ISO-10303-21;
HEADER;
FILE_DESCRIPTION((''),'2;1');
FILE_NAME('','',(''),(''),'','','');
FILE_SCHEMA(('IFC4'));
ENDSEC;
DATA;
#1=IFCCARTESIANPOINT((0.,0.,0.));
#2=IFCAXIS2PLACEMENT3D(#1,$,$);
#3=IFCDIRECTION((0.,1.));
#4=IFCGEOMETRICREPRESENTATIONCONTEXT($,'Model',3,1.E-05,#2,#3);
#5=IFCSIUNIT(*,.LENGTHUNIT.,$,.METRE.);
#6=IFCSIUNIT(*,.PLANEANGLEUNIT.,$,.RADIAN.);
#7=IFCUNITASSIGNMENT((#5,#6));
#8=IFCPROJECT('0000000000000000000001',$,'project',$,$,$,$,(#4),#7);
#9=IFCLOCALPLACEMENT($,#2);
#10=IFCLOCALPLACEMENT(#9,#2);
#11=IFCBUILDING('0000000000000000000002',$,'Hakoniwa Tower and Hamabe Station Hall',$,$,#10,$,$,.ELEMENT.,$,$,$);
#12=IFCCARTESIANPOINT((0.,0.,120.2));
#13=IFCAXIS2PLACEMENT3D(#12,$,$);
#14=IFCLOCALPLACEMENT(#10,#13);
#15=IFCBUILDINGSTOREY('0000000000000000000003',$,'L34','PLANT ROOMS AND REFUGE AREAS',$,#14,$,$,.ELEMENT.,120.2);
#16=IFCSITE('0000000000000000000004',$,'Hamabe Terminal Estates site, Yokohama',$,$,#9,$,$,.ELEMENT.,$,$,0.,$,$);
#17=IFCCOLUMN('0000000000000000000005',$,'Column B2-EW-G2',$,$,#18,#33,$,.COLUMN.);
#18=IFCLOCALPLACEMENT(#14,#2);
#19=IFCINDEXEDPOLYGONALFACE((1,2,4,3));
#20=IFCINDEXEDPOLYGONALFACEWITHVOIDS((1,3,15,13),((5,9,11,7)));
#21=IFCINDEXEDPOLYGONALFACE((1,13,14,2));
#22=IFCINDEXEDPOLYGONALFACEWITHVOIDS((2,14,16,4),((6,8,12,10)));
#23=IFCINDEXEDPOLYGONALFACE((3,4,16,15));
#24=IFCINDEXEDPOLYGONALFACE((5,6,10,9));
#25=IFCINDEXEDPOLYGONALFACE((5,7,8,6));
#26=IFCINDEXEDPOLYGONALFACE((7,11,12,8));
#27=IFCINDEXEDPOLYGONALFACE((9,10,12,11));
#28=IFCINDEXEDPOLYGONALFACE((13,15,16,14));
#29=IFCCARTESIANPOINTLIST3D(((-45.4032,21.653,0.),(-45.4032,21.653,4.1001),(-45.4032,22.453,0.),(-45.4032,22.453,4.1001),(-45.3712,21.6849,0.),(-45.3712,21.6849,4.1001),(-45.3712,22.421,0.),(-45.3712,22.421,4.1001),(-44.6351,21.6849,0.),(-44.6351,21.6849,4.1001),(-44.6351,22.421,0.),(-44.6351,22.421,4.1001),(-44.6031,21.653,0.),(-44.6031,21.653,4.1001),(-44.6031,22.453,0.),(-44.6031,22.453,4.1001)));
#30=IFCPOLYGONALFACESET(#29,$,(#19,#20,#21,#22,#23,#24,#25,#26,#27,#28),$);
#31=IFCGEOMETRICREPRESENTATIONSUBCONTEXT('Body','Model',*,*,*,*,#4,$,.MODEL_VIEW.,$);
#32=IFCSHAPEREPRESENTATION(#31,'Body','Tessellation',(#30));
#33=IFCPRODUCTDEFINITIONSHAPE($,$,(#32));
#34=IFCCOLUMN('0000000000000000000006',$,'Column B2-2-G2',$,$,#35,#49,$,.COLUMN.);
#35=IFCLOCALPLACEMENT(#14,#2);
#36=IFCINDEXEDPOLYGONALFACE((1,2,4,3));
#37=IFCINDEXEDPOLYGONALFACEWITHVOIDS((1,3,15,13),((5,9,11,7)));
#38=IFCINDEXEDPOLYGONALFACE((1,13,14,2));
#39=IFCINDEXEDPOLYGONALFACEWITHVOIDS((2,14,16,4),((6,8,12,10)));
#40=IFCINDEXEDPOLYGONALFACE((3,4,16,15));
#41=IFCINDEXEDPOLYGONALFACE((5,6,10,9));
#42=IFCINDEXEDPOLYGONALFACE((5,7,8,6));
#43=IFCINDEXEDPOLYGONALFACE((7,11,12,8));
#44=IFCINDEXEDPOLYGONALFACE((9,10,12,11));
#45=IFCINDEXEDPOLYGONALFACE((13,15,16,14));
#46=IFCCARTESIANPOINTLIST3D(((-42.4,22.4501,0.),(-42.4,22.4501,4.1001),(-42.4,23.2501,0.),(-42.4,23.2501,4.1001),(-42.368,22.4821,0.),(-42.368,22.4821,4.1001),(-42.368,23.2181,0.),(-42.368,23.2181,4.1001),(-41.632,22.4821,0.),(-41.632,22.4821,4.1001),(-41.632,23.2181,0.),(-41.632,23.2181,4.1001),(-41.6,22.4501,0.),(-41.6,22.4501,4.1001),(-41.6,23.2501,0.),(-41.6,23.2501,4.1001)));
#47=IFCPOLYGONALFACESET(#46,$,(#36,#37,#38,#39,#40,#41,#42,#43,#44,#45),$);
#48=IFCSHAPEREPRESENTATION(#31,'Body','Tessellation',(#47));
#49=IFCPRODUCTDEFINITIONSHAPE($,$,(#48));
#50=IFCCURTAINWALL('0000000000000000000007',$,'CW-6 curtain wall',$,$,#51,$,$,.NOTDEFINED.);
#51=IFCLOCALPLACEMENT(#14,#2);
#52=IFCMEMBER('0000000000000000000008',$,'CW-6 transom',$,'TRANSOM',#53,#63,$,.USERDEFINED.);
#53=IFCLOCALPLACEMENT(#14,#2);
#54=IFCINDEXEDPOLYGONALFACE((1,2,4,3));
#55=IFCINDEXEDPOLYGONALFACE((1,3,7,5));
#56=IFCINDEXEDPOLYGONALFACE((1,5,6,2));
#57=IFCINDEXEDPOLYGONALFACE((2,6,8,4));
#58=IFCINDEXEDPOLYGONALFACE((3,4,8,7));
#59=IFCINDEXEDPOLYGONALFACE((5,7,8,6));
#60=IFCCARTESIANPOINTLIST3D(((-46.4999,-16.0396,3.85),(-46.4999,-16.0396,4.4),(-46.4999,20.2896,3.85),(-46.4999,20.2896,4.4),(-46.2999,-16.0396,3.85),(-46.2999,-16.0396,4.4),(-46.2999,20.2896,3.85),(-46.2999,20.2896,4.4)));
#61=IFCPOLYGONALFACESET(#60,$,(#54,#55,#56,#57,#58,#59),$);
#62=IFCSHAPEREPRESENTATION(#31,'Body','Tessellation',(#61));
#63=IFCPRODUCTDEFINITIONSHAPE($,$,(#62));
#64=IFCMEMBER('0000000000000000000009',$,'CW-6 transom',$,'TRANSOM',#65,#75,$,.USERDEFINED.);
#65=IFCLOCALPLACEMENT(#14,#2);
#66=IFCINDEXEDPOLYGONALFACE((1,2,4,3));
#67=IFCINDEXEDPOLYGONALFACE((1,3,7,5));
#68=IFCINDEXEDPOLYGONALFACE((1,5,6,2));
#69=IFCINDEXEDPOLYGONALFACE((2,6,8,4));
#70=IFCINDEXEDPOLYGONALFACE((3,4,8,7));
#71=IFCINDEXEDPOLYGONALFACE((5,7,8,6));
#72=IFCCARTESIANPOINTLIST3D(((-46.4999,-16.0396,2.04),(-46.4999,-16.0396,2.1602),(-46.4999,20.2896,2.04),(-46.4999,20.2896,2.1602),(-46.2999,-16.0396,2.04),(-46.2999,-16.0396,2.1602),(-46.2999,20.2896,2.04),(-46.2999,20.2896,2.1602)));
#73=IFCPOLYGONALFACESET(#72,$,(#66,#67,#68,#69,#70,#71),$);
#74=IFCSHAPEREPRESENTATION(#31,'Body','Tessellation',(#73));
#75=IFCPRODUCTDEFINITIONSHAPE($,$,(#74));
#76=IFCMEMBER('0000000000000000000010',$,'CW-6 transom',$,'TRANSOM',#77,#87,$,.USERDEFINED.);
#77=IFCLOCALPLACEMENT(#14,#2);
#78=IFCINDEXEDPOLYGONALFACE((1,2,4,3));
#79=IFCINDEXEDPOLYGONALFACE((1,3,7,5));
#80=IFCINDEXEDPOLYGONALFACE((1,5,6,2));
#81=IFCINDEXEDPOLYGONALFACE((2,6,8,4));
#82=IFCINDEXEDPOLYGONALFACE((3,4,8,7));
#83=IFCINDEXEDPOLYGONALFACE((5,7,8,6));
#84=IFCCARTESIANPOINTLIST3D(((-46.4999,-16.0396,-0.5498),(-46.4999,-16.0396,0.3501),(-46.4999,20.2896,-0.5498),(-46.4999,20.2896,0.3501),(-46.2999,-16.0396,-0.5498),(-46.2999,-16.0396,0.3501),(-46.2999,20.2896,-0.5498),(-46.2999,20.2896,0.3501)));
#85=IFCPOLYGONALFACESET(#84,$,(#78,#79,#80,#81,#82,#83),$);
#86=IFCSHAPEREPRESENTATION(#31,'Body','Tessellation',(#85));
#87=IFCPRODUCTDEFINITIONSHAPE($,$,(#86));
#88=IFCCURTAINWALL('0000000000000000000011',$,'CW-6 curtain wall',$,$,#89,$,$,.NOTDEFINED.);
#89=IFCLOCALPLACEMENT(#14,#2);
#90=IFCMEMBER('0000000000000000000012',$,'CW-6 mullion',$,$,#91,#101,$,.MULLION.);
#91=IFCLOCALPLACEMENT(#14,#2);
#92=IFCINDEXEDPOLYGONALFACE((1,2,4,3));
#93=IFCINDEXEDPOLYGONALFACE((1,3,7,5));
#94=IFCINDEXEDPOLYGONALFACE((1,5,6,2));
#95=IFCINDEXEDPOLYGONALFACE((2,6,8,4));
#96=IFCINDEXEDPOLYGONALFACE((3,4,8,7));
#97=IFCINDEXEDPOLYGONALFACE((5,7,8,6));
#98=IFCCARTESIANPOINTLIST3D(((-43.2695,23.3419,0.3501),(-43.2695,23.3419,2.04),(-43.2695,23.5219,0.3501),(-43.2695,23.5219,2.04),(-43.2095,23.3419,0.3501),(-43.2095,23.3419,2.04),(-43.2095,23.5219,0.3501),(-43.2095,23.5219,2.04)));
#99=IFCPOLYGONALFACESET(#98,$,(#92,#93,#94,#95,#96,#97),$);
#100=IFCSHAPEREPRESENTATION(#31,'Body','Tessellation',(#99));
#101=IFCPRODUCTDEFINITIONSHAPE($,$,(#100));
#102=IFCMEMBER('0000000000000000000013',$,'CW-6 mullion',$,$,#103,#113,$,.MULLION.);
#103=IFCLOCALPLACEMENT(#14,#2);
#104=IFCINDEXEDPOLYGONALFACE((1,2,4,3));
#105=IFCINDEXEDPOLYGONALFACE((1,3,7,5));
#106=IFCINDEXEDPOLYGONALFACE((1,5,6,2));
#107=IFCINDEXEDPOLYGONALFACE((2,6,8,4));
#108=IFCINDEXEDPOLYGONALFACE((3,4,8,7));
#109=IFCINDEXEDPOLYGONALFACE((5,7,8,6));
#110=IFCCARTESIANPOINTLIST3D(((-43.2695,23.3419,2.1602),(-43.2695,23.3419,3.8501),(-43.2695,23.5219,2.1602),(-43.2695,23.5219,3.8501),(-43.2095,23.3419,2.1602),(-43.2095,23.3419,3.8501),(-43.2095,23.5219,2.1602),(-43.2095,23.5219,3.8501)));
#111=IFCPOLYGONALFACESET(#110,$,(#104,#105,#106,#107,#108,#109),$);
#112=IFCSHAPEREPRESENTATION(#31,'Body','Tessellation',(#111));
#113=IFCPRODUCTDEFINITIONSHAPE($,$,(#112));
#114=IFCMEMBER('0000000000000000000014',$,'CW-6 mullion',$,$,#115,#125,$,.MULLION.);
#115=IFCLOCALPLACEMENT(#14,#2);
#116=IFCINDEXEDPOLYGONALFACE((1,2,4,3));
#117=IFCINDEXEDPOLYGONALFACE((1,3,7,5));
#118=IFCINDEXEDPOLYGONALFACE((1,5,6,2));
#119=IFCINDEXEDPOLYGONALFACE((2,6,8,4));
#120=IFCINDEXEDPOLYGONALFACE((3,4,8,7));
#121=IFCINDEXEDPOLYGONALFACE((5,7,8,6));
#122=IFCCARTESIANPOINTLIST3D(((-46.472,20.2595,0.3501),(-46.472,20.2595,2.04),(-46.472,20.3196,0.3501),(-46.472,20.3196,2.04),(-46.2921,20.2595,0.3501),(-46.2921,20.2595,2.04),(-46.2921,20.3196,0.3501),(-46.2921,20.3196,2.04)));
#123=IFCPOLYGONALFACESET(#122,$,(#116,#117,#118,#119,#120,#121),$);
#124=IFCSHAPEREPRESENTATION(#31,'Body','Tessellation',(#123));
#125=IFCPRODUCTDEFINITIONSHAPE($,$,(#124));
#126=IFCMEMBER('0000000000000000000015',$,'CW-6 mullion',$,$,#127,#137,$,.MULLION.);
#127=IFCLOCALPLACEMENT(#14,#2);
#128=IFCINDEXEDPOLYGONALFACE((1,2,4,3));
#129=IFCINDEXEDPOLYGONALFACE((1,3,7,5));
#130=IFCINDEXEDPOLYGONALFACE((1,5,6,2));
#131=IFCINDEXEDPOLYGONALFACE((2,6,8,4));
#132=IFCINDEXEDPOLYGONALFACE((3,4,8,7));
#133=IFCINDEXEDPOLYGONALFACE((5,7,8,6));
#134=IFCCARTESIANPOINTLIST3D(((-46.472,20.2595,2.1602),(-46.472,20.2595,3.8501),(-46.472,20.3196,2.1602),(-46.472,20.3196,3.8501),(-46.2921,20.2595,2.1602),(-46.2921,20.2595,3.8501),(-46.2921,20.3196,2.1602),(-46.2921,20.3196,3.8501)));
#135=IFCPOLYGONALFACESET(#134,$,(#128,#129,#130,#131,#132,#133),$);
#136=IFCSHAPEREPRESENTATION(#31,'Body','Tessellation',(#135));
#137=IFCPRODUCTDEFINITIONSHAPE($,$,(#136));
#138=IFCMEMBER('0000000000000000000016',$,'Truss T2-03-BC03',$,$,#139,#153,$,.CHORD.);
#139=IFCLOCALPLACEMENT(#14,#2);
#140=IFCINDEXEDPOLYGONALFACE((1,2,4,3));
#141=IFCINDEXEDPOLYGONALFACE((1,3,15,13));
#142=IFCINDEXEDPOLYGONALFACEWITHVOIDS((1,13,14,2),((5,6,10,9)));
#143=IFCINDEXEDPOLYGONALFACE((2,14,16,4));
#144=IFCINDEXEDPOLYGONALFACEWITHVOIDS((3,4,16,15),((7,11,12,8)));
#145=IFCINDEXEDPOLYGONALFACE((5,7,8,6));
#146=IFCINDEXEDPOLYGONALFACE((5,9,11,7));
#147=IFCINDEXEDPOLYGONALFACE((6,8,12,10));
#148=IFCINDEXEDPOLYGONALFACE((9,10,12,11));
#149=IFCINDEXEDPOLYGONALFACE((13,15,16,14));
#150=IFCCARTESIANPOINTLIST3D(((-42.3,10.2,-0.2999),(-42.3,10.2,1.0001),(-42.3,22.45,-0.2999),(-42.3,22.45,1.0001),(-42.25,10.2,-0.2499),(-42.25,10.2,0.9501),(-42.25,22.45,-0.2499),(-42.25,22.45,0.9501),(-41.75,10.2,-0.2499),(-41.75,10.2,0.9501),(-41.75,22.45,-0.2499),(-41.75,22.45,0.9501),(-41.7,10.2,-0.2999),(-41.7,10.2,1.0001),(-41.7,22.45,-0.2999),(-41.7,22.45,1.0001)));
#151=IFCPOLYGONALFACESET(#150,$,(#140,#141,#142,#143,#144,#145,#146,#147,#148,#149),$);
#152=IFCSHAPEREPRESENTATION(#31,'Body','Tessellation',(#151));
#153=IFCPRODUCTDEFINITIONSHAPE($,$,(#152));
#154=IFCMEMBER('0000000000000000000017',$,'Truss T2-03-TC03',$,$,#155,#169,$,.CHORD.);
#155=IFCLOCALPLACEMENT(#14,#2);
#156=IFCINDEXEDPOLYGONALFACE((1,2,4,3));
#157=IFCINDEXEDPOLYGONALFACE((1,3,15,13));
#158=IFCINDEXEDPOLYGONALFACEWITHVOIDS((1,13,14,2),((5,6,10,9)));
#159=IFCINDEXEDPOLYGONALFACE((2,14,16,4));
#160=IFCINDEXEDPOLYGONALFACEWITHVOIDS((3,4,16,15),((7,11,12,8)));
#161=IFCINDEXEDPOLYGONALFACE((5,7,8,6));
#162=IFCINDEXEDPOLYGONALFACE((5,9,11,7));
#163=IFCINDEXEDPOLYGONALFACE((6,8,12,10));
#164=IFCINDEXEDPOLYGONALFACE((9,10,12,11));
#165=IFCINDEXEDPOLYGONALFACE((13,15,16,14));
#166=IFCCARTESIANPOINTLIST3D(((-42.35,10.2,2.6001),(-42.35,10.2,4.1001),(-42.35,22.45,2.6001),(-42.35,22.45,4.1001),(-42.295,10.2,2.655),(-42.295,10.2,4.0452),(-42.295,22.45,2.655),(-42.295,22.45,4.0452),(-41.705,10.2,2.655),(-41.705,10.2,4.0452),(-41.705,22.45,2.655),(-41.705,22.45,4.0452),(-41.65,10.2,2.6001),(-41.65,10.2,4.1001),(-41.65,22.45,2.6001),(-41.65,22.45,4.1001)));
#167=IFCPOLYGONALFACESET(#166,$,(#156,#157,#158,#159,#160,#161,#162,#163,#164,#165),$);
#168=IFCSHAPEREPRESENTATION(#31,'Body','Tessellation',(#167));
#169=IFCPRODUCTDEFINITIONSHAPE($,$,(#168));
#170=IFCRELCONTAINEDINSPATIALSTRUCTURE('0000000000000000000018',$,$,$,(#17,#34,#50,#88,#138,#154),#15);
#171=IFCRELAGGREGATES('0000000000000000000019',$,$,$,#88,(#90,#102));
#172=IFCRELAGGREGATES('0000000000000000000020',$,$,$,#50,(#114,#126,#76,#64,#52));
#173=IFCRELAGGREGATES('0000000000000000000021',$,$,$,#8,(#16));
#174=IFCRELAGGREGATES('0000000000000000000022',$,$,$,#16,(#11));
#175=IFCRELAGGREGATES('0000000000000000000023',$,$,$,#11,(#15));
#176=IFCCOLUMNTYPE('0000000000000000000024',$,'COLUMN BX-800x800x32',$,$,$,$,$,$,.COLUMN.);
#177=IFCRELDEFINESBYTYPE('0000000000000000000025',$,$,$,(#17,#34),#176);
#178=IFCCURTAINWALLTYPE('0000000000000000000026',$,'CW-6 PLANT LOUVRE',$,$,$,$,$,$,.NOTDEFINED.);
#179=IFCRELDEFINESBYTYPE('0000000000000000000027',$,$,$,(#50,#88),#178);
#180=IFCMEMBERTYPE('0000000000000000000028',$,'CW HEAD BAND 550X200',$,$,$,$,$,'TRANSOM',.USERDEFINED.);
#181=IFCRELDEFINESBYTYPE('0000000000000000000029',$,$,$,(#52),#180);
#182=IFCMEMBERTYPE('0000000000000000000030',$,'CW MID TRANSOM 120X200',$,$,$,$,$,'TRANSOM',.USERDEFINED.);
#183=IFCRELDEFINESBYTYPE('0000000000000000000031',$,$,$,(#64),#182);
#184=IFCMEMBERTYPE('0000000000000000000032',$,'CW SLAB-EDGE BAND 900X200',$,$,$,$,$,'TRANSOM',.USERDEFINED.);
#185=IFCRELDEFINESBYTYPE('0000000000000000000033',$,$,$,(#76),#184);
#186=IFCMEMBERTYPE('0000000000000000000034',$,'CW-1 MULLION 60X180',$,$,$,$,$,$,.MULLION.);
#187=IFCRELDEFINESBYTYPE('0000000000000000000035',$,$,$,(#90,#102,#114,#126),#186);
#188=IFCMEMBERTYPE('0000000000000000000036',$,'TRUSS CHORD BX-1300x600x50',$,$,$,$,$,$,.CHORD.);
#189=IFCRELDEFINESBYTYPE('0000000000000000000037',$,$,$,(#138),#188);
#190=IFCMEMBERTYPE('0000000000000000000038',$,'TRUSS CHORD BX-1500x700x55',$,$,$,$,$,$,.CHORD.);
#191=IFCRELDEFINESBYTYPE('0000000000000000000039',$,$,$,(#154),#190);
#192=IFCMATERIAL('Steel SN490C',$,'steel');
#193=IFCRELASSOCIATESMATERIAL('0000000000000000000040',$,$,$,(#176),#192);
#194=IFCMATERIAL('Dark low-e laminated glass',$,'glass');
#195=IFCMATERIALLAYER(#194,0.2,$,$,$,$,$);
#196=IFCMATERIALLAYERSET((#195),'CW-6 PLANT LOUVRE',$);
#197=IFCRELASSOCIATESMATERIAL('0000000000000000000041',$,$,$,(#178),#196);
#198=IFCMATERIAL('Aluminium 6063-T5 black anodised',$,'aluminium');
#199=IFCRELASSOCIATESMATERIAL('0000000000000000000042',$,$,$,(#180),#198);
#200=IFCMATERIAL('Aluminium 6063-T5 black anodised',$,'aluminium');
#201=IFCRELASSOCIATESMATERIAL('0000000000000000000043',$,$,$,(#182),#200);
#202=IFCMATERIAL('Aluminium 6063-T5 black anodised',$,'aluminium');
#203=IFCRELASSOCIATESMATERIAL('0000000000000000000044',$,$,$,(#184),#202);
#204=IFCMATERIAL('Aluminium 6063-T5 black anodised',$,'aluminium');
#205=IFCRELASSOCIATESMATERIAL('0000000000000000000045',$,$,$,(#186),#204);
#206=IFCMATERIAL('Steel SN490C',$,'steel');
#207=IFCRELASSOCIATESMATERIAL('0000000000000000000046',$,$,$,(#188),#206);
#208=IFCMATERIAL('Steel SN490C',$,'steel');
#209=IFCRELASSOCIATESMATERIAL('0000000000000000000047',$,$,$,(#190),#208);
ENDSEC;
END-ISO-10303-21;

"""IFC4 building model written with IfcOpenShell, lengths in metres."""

from ifc_helpers import new_model, si_unit, direction, frame, origin, origin_2d, place, context, subcontext, project, spatial, rectangle, hollow_rectangle, extrude, material, layer, layer_set, material_profile, profile_set, type_object, element, aggregate, save


model = new_model("IFC4")

# Units and contexts
model_context = context("Model", 3, precision=1e-05, world=origin(), true_north=direction((0.0, 1.0)))
body_context = subcontext(model_context, "Body", "Model", "MODEL_VIEW")
ifc_project = project(units=[si_unit("LENGTHUNIT", "METRE"), si_unit("PLANEANGLEUNIT", "RADIAN")], contexts=[model_context])

# Site, building, storey
site_placement = place(None, origin())
site = spatial("IfcSite", under=ifc_project, at=site_placement, Name="Hamabe Terminal Estates site, Yokohama", CompositionType="ELEMENT", RefElevation=0.0)
building_placement = place(site_placement, origin())
building = spatial("IfcBuilding", under=site, at=building_placement, Name="Hakoniwa Tower and Hamabe Station Hall", CompositionType="ELEMENT")
storey_placement = place(building_placement, frame((0.0, 0.0, 120.2)))
storey = spatial("IfcBuildingStorey", under=building, at=storey_placement, Name="L34", Description="PLANT ROOMS AND REFUGE AREAS", CompositionType="ELEMENT", Elevation=120.2)

# Columns
ifc_material_1 = material(Name="Steel SN490C", Category="steel")
ifc_material_profile_1 = material_profile(ifc_material_1, hollow_rectangle(XDim=0.8, YDim=0.8, WallThickness=0.032, at=origin_2d()), Name="BX-800x800x32")
ifc_profile_set_1 = profile_set([ifc_material_profile_1], Name="Steel SN490C")
column_type = type_object("IfcColumnType", Name="COLUMN BX-800x800x32", PredefinedType="COLUMN", material=ifc_profile_set_1)
for number, where, z_axis, x_axis, name in (
    (1, (-45.0032, 22.053, 0.0), (0.0, 0.0, 1.0), (1.0, 0.0, 0.0), "Column B2-EW-G2"),
    (2, (-42.0, 22.8501, 0.0), (0.0, 0.0, 1.0), (1.0, 0.0, 0.0), "Column B2-2-G2"),
):
    element("IfcColumn", number, at=place(storey_placement, frame(where, z_axis=z_axis, x_axis=x_axis)), inside=storey, type_object=column_type, Name=name, PredefinedType="COLUMN", context=body_context, shape_type="SweptSolid", body=[
        extrude(hollow_rectangle(XDim=0.8, YDim=0.8, WallThickness=0.032, at=origin_2d()), origin(), (0.0, 0.0, 1.0), 4.1001),
    ])

# Curtain walls, members
ifc_material_2 = material(Name="Dark low-e laminated glass", Category="glass")
ifc_layer_1 = layer(ifc_material_2, 0.2)
ifc_layer_set_1 = layer_set([ifc_layer_1], Name="CW-6 PLANT LOUVRE")
curtain_wall_type = type_object("IfcCurtainWallType", Name="CW-6 PLANT LOUVRE", PredefinedType="NOTDEFINED", material=ifc_layer_set_1)
curtain_wall_1_placement = place(storey_placement, origin())
curtain_wall_1 = element("IfcCurtainWall", 3, at=curtain_wall_1_placement, inside=storey, type_object=curtain_wall_type, Name="CW-6 curtain wall", PredefinedType="NOTDEFINED")
ifc_material_3 = material(Name="Aluminium 6063-T5 black anodised", Category="aluminium")
ifc_material_profile_2 = material_profile(ifc_material_3, rectangle(XDim=0.2, YDim=0.55, at=origin_2d()), Name="CW HEAD BAND 550X200")
ifc_profile_set_2 = profile_set([ifc_material_profile_2], Name="Aluminium 6063-T5 black anodised")
member_type_1 = type_object("IfcMemberType", Name="CW HEAD BAND 550X200", ElementType="TRANSOM", PredefinedType="USERDEFINED", material=ifc_profile_set_2)
member_1_placement = place(storey_placement, frame((-46.3999, 20.2896, 4.125), z_axis=(0.0, -1.0, 0.0), x_axis=(1.0, 0.0, 0.0)))
member_1 = element("IfcMember", 4, at=member_1_placement, type_object=member_type_1, Name="CW-6 transom", ObjectType="TRANSOM", PredefinedType="USERDEFINED", context=body_context, shape_type="SweptSolid", body=[
    extrude(rectangle(XDim=0.2, YDim=0.55, at=origin_2d()), origin(), (0.0, 0.0, 1.0), 36.3291),
])
ifc_material_4 = material(Name="Aluminium 6063-T5 black anodised", Category="aluminium")
ifc_material_profile_3 = material_profile(ifc_material_4, rectangle(XDim=0.2, YDim=0.1201, at=origin_2d()), Name="CW MID TRANSOM 120X200")
ifc_profile_set_3 = profile_set([ifc_material_profile_3], Name="Aluminium 6063-T5 black anodised")
member_type_2 = type_object("IfcMemberType", Name="CW MID TRANSOM 120X200", ElementType="TRANSOM", PredefinedType="USERDEFINED", material=ifc_profile_set_3)
member_2_placement = place(storey_placement, frame((-46.3999, 20.2896, 2.1001), z_axis=(0.0, -1.0, 0.0), x_axis=(1.0, 0.0, 0.0)))
member_2 = element("IfcMember", 5, at=member_2_placement, type_object=member_type_2, Name="CW-6 transom", ObjectType="TRANSOM", PredefinedType="USERDEFINED", context=body_context, shape_type="SweptSolid", body=[
    extrude(rectangle(XDim=0.2, YDim=0.1201, at=origin_2d()), origin(), (0.0, 0.0, 1.0), 36.3291),
])
ifc_material_5 = material(Name="Aluminium 6063-T5 black anodised", Category="aluminium")
ifc_material_profile_4 = material_profile(ifc_material_5, rectangle(XDim=0.2, YDim=0.8999, at=origin_2d()), Name="CW SLAB-EDGE BAND 900X200")
ifc_profile_set_4 = profile_set([ifc_material_profile_4], Name="Aluminium 6063-T5 black anodised")
member_type_3 = type_object("IfcMemberType", Name="CW SLAB-EDGE BAND 900X200", ElementType="TRANSOM", PredefinedType="USERDEFINED", material=ifc_profile_set_4)
member_3_placement = place(storey_placement, frame((-46.3999, 20.2896, -0.0999), z_axis=(0.0, -1.0, 0.0), x_axis=(1.0, 0.0, 0.0)))
member_3 = element("IfcMember", 6, at=member_3_placement, type_object=member_type_3, Name="CW-6 transom", ObjectType="TRANSOM", PredefinedType="USERDEFINED", context=body_context, shape_type="SweptSolid", body=[
    extrude(rectangle(XDim=0.2, YDim=0.8999, at=origin_2d()), origin(), (0.0, 0.0, 1.0), 36.3291),
])
curtain_wall_2_placement = place(storey_placement, origin())
curtain_wall_2 = element("IfcCurtainWall", 7, at=curtain_wall_2_placement, inside=storey, type_object=curtain_wall_type, Name="CW-6 curtain wall", PredefinedType="NOTDEFINED")
ifc_material_6 = material(Name="Aluminium 6063-T5 black anodised", Category="aluminium")
ifc_material_profile_5 = material_profile(ifc_material_6, rectangle(XDim=0.0601, YDim=0.1799, at=origin_2d()), Name="CW-1 MULLION 60X180")
ifc_profile_set_5 = profile_set([ifc_material_profile_5], Name="Aluminium 6063-T5 black anodised")
member_type_4 = type_object("IfcMemberType", Name="CW-1 MULLION 60X180", PredefinedType="MULLION", material=ifc_profile_set_5)
member_4_placement = place(storey_placement, frame((-43.2395, 23.4319, 0.3501), z_axis=(0.0, 0.0, 1.0), x_axis=(-1.0, 0.0, 0.0)))
member_4 = element("IfcMember", 8, at=member_4_placement, type_object=member_type_4, Name="CW-6 mullion", PredefinedType="MULLION", context=body_context, shape_type="SweptSolid", body=[
    extrude(rectangle(XDim=0.0601, YDim=0.1799, at=origin_2d()), origin(), (0.0, 0.0, 1.0), 1.6899),
])
member_5_placement = place(storey_placement, frame((-43.2395, 23.4319, 2.1602), z_axis=(0.0, 0.0, 1.0), x_axis=(-1.0, 0.0, 0.0)))
member_5 = element("IfcMember", 9, at=member_5_placement, type_object=member_type_4, Name="CW-6 mullion", PredefinedType="MULLION", context=body_context, shape_type="SweptSolid", body=[
    extrude(rectangle(XDim=0.0601, YDim=0.1799, at=origin_2d()), origin(), (0.0, 0.0, 1.0), 1.6899),
])
aggregate(curtain_wall_2, [member_4, member_5])

# Members
member_6_placement = place(storey_placement, frame((-46.3821, 20.2896, 0.3501), z_axis=(0.0, 0.0, 1.0), x_axis=(0.0, -1.0, 0.0)))
member_6 = element("IfcMember", 10, at=member_6_placement, type_object=member_type_4, Name="CW-6 mullion", PredefinedType="MULLION", context=body_context, shape_type="SweptSolid", body=[
    extrude(rectangle(XDim=0.0601, YDim=0.1799, at=origin_2d()), origin(), (0.0, 0.0, 1.0), 1.6899),
])
member_7_placement = place(storey_placement, frame((-46.3821, 20.2896, 2.1602), z_axis=(0.0, 0.0, 1.0), x_axis=(0.0, -1.0, 0.0)))
member_7 = element("IfcMember", 11, at=member_7_placement, type_object=member_type_4, Name="CW-6 mullion", PredefinedType="MULLION", context=body_context, shape_type="SweptSolid", body=[
    extrude(rectangle(XDim=0.0601, YDim=0.1799, at=origin_2d()), origin(), (0.0, 0.0, 1.0), 1.6899),
])

# Members
ifc_material_7 = material(Name="Steel SN490C", Category="steel")
ifc_material_profile_6 = material_profile(ifc_material_7, hollow_rectangle(XDim=0.6001, YDim=1.3, WallThickness=0.05, at=origin_2d()), Name="BX-1300x600x50")
ifc_profile_set_6 = profile_set([ifc_material_profile_6], Name="Steel SN490C")
member_type_5 = type_object("IfcMemberType", Name="TRUSS CHORD BX-1300x600x50", PredefinedType="CHORD", material=ifc_profile_set_6)
member_8_placement = place(storey_placement, frame((-42.0, 10.2, 0.3501), z_axis=(0.0, 1.0, 0.0), x_axis=(-1.0, 0.0, 0.0)))
element("IfcMember", 12, at=member_8_placement, inside=storey, type_object=member_type_5, Name="Truss T2-03-BC03", PredefinedType="CHORD", context=body_context, shape_type="SweptSolid", body=[
    extrude(hollow_rectangle(XDim=0.6001, YDim=1.3, WallThickness=0.05, at=origin_2d()), origin(), (0.0, 0.0, 1.0), 12.25),
])
ifc_material_8 = material(Name="Steel SN490C", Category="steel")
ifc_material_profile_7 = material_profile(ifc_material_8, hollow_rectangle(XDim=0.7, YDim=1.5, WallThickness=0.0549, at=origin_2d()), Name="BX-1500x700x55")
ifc_profile_set_7 = profile_set([ifc_material_profile_7], Name="Steel SN490C")
member_type_6 = type_object("IfcMemberType", Name="TRUSS CHORD BX-1500x700x55", PredefinedType="CHORD", material=ifc_profile_set_7)
member_9_placement = place(storey_placement, frame((-42.0, 10.2, 3.3501), z_axis=(0.0, 1.0, 0.0), x_axis=(-1.0, 0.0, 0.0)))
element("IfcMember", 13, at=member_9_placement, inside=storey, type_object=member_type_6, Name="Truss T2-03-TC03", PredefinedType="CHORD", context=body_context, shape_type="SweptSolid", body=[
    extrude(hollow_rectangle(XDim=0.7, YDim=1.5, WallThickness=0.0549, at=origin_2d()), origin(), (0.0, 0.0, 1.0), 12.25),
])

aggregate(curtain_wall_1, [member_6, member_7, member_3, member_2, member_1])

save(model, "model.ifc")
